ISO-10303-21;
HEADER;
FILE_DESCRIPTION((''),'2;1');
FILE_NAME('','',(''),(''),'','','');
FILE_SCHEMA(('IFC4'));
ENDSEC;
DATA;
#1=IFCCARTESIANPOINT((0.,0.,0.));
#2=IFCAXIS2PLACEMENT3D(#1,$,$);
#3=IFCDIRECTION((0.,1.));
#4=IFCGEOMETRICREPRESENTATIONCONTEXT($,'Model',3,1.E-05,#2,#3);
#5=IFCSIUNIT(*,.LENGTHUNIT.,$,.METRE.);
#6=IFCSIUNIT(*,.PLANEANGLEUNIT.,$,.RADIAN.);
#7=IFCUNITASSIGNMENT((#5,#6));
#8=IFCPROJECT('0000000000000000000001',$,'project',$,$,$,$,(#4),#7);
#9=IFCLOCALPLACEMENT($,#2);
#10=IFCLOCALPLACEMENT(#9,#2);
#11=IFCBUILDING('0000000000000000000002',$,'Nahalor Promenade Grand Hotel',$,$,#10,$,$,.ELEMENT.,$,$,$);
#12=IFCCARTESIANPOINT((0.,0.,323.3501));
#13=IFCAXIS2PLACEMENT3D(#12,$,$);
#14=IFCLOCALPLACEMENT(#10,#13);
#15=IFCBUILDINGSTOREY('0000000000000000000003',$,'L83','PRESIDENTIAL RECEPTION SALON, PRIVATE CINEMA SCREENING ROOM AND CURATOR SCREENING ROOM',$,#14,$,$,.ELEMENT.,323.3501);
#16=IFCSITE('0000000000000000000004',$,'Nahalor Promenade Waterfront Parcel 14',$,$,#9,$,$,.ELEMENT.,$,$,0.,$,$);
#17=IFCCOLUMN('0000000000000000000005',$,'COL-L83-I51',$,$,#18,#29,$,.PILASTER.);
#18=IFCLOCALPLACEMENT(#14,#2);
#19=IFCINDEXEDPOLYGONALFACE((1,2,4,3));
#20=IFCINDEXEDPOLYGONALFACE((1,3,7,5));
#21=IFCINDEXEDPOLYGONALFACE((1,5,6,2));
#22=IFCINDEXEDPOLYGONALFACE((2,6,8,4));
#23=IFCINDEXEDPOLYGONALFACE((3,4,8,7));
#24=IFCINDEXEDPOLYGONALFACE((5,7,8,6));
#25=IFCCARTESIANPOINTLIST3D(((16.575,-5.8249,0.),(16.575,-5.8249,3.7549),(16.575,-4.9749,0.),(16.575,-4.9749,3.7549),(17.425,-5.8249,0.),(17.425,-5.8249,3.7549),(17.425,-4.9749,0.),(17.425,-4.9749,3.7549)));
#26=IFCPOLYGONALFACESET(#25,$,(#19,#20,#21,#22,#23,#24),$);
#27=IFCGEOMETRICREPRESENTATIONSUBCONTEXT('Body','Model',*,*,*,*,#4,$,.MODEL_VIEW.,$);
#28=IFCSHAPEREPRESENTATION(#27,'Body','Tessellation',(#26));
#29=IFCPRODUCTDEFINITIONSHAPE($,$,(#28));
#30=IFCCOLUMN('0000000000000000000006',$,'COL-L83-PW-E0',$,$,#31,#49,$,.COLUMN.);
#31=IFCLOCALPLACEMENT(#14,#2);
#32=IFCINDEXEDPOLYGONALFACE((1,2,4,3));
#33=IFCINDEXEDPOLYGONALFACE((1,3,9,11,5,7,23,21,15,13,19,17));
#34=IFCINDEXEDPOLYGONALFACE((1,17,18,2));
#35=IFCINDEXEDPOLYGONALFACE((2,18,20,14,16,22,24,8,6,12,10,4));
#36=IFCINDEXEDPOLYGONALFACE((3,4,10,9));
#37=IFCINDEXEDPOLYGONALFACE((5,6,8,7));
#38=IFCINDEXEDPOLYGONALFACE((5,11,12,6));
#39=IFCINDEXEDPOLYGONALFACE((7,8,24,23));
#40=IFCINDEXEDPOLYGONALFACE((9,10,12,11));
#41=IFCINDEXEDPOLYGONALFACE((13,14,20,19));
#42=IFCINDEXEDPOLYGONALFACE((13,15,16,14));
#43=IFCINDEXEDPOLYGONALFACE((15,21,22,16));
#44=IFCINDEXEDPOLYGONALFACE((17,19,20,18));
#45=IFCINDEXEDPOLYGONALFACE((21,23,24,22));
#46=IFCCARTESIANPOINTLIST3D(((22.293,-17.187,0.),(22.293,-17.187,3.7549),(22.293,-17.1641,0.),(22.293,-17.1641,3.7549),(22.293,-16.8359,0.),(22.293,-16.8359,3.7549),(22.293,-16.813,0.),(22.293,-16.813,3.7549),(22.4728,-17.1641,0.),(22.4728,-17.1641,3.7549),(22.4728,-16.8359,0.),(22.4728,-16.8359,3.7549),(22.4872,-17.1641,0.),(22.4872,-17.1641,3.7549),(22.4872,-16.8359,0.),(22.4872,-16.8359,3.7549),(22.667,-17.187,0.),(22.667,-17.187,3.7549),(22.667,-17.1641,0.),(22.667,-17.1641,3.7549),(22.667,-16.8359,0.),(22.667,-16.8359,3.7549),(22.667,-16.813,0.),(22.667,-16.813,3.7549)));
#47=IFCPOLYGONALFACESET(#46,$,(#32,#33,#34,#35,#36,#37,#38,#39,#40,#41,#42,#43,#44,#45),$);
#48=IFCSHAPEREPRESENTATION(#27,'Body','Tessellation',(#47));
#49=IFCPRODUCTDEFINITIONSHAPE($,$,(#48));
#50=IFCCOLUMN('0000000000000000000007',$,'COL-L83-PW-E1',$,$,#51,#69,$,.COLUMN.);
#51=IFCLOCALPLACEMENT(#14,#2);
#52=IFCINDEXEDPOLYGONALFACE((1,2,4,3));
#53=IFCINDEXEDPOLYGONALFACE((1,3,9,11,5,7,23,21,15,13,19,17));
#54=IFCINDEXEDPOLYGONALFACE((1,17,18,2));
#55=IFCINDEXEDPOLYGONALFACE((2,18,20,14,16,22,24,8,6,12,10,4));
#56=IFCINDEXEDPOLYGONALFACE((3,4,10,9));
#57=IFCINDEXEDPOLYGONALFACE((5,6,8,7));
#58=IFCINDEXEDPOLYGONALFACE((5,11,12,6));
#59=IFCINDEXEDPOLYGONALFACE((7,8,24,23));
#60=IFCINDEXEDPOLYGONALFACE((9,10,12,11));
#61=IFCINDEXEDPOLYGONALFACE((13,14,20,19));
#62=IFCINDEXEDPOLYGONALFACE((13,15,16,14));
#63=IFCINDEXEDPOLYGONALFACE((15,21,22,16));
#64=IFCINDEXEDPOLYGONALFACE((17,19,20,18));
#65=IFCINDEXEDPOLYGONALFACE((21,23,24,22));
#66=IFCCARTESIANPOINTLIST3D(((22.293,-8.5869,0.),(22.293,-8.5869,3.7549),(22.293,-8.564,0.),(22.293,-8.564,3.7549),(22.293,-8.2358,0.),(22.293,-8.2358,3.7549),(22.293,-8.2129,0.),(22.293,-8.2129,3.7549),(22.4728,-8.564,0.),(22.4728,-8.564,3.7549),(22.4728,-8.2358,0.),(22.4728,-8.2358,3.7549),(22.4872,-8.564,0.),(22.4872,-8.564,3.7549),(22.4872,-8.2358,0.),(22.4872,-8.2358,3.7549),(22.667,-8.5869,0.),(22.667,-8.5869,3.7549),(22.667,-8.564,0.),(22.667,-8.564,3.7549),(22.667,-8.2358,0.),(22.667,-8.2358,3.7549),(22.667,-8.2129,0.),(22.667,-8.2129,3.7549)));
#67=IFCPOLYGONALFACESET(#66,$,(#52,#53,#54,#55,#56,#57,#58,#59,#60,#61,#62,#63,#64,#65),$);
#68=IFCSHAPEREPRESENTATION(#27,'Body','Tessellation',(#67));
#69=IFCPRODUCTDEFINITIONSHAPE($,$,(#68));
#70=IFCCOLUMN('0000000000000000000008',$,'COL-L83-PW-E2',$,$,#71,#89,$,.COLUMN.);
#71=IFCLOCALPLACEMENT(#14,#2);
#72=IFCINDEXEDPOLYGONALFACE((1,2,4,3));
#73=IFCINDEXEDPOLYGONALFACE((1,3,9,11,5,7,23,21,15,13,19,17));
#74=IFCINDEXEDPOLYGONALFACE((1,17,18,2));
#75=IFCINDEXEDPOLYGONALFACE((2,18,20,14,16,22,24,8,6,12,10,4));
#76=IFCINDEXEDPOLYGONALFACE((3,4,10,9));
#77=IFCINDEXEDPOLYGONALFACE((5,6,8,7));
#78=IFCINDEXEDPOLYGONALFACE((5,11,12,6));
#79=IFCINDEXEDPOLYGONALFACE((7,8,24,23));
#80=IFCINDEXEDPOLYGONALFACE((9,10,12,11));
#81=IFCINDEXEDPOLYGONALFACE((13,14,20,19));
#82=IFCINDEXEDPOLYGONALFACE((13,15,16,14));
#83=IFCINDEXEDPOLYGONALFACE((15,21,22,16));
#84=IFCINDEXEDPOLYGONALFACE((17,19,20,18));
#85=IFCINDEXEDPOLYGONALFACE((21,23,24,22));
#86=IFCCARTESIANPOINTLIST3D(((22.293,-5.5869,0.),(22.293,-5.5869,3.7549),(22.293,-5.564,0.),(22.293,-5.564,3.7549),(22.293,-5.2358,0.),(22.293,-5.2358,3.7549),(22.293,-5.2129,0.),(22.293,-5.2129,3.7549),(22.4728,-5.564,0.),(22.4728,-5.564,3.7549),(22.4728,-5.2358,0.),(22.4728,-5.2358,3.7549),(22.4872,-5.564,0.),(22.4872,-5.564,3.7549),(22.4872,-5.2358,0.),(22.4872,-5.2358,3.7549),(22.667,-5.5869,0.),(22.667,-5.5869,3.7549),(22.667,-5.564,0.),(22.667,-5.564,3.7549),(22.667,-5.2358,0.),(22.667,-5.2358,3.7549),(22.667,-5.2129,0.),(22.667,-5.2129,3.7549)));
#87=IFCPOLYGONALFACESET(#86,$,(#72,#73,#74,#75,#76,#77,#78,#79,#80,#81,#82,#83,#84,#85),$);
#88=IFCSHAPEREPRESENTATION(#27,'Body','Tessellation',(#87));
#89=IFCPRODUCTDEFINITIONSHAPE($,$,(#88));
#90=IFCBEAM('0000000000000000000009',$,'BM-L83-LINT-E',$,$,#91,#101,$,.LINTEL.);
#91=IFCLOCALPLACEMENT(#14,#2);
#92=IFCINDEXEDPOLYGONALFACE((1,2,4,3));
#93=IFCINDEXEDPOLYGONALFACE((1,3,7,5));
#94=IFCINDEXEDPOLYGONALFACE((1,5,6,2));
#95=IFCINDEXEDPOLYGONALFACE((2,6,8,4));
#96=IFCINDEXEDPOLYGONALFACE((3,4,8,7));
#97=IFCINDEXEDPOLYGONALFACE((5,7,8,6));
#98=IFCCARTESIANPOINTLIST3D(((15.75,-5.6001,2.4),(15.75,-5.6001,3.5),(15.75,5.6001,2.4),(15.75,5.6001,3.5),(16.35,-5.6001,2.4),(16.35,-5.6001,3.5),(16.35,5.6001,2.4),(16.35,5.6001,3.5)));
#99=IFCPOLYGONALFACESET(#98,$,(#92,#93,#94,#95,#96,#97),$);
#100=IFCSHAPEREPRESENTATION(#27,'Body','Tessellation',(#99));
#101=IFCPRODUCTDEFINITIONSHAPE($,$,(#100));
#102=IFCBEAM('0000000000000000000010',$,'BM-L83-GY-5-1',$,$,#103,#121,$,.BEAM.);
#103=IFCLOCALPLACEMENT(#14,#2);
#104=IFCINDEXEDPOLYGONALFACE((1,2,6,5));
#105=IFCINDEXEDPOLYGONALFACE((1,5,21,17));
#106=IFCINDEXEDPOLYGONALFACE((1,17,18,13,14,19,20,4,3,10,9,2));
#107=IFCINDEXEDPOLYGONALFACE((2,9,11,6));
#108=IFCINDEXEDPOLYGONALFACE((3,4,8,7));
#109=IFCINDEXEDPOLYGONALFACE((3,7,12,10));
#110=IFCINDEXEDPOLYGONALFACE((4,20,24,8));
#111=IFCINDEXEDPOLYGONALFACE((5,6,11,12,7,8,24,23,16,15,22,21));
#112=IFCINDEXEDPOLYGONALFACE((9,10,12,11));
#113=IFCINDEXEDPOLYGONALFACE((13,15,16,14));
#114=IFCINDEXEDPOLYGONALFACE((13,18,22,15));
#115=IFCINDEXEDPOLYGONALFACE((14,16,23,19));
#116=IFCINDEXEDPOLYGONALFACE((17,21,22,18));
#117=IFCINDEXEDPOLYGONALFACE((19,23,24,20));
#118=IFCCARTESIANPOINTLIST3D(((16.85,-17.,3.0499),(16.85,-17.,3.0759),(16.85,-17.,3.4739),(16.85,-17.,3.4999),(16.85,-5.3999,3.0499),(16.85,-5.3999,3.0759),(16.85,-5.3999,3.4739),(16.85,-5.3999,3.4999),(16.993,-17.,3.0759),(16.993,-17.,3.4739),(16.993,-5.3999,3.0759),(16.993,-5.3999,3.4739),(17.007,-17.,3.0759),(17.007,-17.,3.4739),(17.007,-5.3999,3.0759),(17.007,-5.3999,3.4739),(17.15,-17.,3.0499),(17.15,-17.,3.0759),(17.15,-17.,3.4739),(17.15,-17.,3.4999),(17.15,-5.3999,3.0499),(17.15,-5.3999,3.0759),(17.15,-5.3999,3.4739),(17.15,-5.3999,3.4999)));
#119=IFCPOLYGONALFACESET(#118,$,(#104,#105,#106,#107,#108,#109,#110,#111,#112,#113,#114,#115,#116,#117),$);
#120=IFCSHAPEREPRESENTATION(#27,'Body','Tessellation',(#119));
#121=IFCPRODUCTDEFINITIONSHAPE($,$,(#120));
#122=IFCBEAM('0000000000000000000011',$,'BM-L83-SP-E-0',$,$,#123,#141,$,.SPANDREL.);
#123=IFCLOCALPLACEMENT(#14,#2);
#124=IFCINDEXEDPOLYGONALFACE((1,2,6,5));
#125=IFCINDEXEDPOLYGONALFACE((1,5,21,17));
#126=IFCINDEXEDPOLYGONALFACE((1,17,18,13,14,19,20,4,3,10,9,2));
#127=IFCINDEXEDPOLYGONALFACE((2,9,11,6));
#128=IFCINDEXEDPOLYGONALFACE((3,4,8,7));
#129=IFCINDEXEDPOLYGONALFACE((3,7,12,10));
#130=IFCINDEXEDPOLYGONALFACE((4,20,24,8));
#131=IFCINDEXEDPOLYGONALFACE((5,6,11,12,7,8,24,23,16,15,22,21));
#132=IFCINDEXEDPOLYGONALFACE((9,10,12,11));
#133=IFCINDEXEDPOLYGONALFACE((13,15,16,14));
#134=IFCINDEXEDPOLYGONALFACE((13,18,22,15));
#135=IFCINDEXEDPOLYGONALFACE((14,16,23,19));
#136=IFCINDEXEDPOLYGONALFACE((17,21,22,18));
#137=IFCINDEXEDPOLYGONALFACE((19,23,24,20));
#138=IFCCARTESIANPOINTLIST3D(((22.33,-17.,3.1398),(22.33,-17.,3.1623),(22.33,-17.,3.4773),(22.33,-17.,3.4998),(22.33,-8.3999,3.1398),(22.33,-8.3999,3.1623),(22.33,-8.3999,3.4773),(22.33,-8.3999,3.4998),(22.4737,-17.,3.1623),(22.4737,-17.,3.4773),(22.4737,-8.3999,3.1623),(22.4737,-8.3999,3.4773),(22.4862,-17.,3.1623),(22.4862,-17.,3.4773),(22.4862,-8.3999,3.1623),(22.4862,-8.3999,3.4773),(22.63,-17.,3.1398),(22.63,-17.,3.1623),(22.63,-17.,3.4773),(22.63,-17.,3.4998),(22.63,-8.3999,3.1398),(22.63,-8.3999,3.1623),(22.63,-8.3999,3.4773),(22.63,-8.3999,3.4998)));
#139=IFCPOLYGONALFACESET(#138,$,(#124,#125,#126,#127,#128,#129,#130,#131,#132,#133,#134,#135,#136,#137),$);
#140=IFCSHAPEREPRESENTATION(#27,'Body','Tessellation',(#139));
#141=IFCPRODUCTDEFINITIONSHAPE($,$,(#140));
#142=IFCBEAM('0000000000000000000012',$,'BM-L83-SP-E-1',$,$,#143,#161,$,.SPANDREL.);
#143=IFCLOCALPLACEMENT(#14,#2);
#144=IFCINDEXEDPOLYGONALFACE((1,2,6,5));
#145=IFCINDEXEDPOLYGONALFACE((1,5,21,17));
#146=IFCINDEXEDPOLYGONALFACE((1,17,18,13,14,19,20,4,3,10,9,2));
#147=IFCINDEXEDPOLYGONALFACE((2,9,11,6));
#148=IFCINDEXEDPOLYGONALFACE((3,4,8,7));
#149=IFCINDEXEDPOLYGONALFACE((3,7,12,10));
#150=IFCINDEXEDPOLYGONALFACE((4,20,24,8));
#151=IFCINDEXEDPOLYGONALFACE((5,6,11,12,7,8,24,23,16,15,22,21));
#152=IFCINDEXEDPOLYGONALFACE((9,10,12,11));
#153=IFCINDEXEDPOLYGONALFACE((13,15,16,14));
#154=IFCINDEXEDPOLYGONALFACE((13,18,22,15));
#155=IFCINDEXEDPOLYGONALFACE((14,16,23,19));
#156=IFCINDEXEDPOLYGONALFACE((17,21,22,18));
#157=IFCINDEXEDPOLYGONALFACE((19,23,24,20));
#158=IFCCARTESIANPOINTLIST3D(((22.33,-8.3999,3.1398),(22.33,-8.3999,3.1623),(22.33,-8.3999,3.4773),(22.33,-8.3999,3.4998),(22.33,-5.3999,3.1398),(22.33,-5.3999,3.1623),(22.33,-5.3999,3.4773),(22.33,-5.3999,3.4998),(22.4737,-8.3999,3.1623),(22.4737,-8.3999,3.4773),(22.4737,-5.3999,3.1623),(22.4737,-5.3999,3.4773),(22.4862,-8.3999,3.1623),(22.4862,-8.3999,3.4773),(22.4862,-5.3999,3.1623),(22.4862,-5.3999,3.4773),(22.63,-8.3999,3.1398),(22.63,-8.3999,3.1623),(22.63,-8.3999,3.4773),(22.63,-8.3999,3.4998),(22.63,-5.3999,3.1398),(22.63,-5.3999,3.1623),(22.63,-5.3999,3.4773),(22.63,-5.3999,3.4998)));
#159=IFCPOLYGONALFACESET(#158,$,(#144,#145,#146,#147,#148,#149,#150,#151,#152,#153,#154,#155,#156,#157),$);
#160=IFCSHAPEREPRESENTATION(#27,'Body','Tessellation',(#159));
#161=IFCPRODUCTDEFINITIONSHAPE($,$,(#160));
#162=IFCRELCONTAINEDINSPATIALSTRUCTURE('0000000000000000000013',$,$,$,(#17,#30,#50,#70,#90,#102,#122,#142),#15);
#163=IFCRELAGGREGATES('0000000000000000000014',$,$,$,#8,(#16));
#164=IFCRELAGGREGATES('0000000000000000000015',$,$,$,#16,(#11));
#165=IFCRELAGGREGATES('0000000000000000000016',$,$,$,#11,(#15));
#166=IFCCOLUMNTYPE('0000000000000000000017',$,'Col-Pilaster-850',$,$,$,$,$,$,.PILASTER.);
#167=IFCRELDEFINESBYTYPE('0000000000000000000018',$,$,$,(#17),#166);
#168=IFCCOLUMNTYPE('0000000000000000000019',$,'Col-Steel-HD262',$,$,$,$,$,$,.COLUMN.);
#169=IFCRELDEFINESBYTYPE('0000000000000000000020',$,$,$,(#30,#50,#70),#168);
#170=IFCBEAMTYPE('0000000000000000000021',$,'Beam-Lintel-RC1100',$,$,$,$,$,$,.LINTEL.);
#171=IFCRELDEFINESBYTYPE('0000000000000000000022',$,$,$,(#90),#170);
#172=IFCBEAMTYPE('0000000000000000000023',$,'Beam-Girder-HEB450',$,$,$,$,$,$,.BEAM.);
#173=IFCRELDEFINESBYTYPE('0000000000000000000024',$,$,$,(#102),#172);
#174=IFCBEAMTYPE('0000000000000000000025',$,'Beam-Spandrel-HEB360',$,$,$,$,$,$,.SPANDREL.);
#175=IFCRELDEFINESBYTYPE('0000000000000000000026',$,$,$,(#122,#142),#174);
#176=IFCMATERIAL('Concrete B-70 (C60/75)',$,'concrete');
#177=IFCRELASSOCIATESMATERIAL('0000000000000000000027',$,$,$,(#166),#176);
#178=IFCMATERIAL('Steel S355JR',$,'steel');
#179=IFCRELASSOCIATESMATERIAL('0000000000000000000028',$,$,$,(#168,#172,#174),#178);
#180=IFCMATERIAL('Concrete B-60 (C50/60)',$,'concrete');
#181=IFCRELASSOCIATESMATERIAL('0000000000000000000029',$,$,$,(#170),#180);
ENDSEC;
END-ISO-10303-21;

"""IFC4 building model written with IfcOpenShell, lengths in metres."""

from ifc_helpers import new_model, si_unit, direction, frame, origin, origin_2d, place, context, subcontext, project, spatial, rectangle, i_section, extrude, source, transform, mapped, material, material_profile, profile_set, type_object, element, save


model = new_model("IFC4")

# Units and contexts
model_context = context("Model", 3, precision=1e-05, world=origin(), true_north=direction((0.0, 1.0)))
body_context = subcontext(model_context, "Body", "Model", "MODEL_VIEW")
ifc_project = project(units=[si_unit("LENGTHUNIT", "METRE"), si_unit("PLANEANGLEUNIT", "RADIAN")], contexts=[model_context])

# Site, building, storey
site_placement = place(None, origin())
site = spatial("IfcSite", under=ifc_project, at=site_placement, Name="Nahalor Promenade Waterfront Parcel 14", CompositionType="ELEMENT", RefElevation=0.0)
building_placement = place(site_placement, origin())
building = spatial("IfcBuilding", under=site, at=building_placement, Name="Nahalor Promenade Grand Hotel", CompositionType="ELEMENT")
storey_placement = place(building_placement, frame((0.0, 0.0, 323.3501)))
storey = spatial("IfcBuildingStorey", under=building, at=storey_placement, Name="L83", Description="PRESIDENTIAL RECEPTION SALON, PRIVATE CINEMA SCREENING ROOM AND CURATOR SCREENING ROOM", CompositionType="ELEMENT", Elevation=323.3501)

# Columns
ifc_material_1 = material(Name="Concrete B-70 (C60/75)", Category="concrete")
ifc_material_profile_1 = material_profile(ifc_material_1, rectangle(XDim=0.85, YDim=0.85, at=origin_2d()), Name="RC 850x850")
ifc_profile_set_1 = profile_set([ifc_material_profile_1], Name="Concrete B-70 (C60/75)")
column_type_1 = type_object("IfcColumnType", Name="Col-Pilaster-850", PredefinedType="PILASTER", material=ifc_profile_set_1)
shared_shape_1 = source(origin(), body_context, "Body", "SweptSolid", [
    extrude(rectangle(XDim=0.85, YDim=0.85, at=origin_2d()), origin(), (0.0, 0.0, 1.0), 3.7549),
])
column_placement = place(storey_placement, frame((17.0, -5.3999, 0.0), z_axis=(0.0, 0.0, 1.0), x_axis=(1.0, 0.0, 0.0)))
element("IfcColumn", 1, at=column_placement, inside=storey, type_object=column_type_1, Name="COL-L83-I51", PredefinedType="PILASTER", context=body_context, shape_type="MappedRepresentation", body=[
    mapped(shared_shape_1, transform((0.0, 0.0, 0.0), scale=1.0)),
])
ifc_material_2 = material(Name="Steel S355JR", Category="steel")
ifc_material_profile_2 = material_profile(ifc_material_2, i_section(OverallWidth=0.374, OverallDepth=0.374, WebThickness=0.0144, FlangeThickness=0.0229, at=origin_2d()), Name="HD 360x262")
ifc_profile_set_2 = profile_set([ifc_material_profile_2], Name="Steel S355JR")
column_type_2 = type_object("IfcColumnType", Name="Col-Steel-HD262", PredefinedType="COLUMN", material=ifc_profile_set_2)
shared_shape_2 = source(origin(), body_context, "Body", "SweptSolid", [
    extrude(i_section(OverallWidth=0.374, OverallDepth=0.374, WebThickness=0.0144, FlangeThickness=0.0229, at=origin_2d()), origin(), (0.0, 0.0, 1.0), 3.7549),
])
for number, where, z_axis, x_axis, name in (
    (2, (22.48, -17.0, 0.0), (0.0, 0.0, 1.0), (1.0, 0.0, 0.0), "COL-L83-PW-E0"),
    (3, (22.48, -8.3999, 0.0), (0.0, 0.0, 1.0), (1.0, 0.0, 0.0), "COL-L83-PW-E1"),
    (4, (22.48, -5.3999, 0.0), (0.0, 0.0, 1.0), (1.0, 0.0, 0.0), "COL-L83-PW-E2"),
):
    element("IfcColumn", number, at=place(storey_placement, frame(where, z_axis=z_axis, x_axis=x_axis)), inside=storey, type_object=column_type_2, Name=name, PredefinedType="COLUMN", context=body_context, shape_type="MappedRepresentation", body=[
        mapped(shared_shape_2, transform((0.0, 0.0, 0.0), scale=1.0)),
    ])

# Beams
ifc_material_3 = material(Name="Concrete B-60 (C50/60)", Category="concrete")
ifc_material_profile_3 = material_profile(ifc_material_3, rectangle(XDim=0.6, YDim=1.1, at=origin_2d()), Name="RC 600x1100")
ifc_profile_set_3 = profile_set([ifc_material_profile_3], Name="Concrete B-60 (C50/60)")
beam_type_1 = type_object("IfcBeamType", Name="Beam-Lintel-RC1100", PredefinedType="LINTEL", material=ifc_profile_set_3)
shared_shape_3 = source(origin(), body_context, "Body", "SweptSolid", [
    extrude(rectangle(XDim=0.6, YDim=1.1, at=origin_2d()), origin(), (0.0, 0.0, 1.0), 11.2002),
])
beam_1_placement = place(storey_placement, frame((16.05, -5.6001, 2.95), z_axis=(0.0, 1.0, 0.0), x_axis=(-1.0, 0.0, 0.0)))
element("IfcBeam", 5, at=beam_1_placement, inside=storey, type_object=beam_type_1, Name="BM-L83-LINT-E", PredefinedType="LINTEL", context=body_context, shape_type="MappedRepresentation", body=[
    mapped(shared_shape_3, transform((0.0, 0.0, 0.0), scale=1.0)),
])
ifc_material_profile_4 = material_profile(ifc_material_2, i_section(OverallWidth=0.3, OverallDepth=0.45, WebThickness=0.014, FlangeThickness=0.026, at=origin_2d()), Name="HEB 450")
ifc_profile_set_4 = profile_set([ifc_material_profile_4], Name="Steel S355JR")
beam_type_2 = type_object("IfcBeamType", Name="Beam-Girder-HEB450", PredefinedType="BEAM", material=ifc_profile_set_4)
shared_shape_4 = source(origin(), body_context, "Body", "SweptSolid", [
    extrude(i_section(OverallWidth=0.3, OverallDepth=0.45, WebThickness=0.014, FlangeThickness=0.026, at=origin_2d()), origin(), (0.0, 0.0, 1.0), 11.6001),
])
beam_2_placement = place(storey_placement, frame((17.0, -17.0, 3.2749), z_axis=(0.0, 1.0, 0.0), x_axis=(-1.0, 0.0, 0.0)))
element("IfcBeam", 6, at=beam_2_placement, inside=storey, type_object=beam_type_2, Name="BM-L83-GY-5-1", PredefinedType="BEAM", context=body_context, shape_type="MappedRepresentation", body=[
    mapped(shared_shape_4, transform((0.0, 0.0, 0.0), scale=1.0)),
])
ifc_material_profile_5 = material_profile(ifc_material_2, i_section(OverallWidth=0.3, OverallDepth=0.36, WebThickness=0.0125, FlangeThickness=0.0225, at=origin_2d()), Name="HEB 360")
ifc_profile_set_5 = profile_set([ifc_material_profile_5], Name="Steel S355JR")
beam_type_3 = type_object("IfcBeamType", Name="Beam-Spandrel-HEB360", PredefinedType="SPANDREL", material=ifc_profile_set_5)
shared_shape_5 = source(origin(), body_context, "Body", "SweptSolid", [
    extrude(i_section(OverallWidth=0.3, OverallDepth=0.36, WebThickness=0.0125, FlangeThickness=0.0225, at=origin_2d()), origin(), (0.0, 0.0, 1.0), 8.6001),
])
beam_3_placement = place(storey_placement, frame((22.48, -17.0, 3.3198), z_axis=(0.0, 1.0, 0.0), x_axis=(-1.0, 0.0, 0.0)))
element("IfcBeam", 7, at=beam_3_placement, inside=storey, type_object=beam_type_3, Name="BM-L83-SP-E-0", PredefinedType="SPANDREL", context=body_context, shape_type="MappedRepresentation", body=[
    mapped(shared_shape_5, transform((0.0, 0.0, 0.0), scale=1.0)),
])
shared_shape_6 = source(origin(), body_context, "Body", "SweptSolid", [
    extrude(i_section(OverallWidth=0.3, OverallDepth=0.36, WebThickness=0.0125, FlangeThickness=0.0225, at=origin_2d()), origin(), (0.0, 0.0, 1.0), 3.0),
])
beam_4_placement = place(storey_placement, frame((22.48, -8.3999, 3.3198), z_axis=(0.0, 1.0, 0.0), x_axis=(-1.0, 0.0, 0.0)))
element("IfcBeam", 8, at=beam_4_placement, inside=storey, type_object=beam_type_3, Name="BM-L83-SP-E-1", PredefinedType="SPANDREL", context=body_context, shape_type="MappedRepresentation", body=[
    mapped(shared_shape_6, transform((0.0, 0.0, 0.0), scale=1.0)),
])

save(model, "model.ifc")
